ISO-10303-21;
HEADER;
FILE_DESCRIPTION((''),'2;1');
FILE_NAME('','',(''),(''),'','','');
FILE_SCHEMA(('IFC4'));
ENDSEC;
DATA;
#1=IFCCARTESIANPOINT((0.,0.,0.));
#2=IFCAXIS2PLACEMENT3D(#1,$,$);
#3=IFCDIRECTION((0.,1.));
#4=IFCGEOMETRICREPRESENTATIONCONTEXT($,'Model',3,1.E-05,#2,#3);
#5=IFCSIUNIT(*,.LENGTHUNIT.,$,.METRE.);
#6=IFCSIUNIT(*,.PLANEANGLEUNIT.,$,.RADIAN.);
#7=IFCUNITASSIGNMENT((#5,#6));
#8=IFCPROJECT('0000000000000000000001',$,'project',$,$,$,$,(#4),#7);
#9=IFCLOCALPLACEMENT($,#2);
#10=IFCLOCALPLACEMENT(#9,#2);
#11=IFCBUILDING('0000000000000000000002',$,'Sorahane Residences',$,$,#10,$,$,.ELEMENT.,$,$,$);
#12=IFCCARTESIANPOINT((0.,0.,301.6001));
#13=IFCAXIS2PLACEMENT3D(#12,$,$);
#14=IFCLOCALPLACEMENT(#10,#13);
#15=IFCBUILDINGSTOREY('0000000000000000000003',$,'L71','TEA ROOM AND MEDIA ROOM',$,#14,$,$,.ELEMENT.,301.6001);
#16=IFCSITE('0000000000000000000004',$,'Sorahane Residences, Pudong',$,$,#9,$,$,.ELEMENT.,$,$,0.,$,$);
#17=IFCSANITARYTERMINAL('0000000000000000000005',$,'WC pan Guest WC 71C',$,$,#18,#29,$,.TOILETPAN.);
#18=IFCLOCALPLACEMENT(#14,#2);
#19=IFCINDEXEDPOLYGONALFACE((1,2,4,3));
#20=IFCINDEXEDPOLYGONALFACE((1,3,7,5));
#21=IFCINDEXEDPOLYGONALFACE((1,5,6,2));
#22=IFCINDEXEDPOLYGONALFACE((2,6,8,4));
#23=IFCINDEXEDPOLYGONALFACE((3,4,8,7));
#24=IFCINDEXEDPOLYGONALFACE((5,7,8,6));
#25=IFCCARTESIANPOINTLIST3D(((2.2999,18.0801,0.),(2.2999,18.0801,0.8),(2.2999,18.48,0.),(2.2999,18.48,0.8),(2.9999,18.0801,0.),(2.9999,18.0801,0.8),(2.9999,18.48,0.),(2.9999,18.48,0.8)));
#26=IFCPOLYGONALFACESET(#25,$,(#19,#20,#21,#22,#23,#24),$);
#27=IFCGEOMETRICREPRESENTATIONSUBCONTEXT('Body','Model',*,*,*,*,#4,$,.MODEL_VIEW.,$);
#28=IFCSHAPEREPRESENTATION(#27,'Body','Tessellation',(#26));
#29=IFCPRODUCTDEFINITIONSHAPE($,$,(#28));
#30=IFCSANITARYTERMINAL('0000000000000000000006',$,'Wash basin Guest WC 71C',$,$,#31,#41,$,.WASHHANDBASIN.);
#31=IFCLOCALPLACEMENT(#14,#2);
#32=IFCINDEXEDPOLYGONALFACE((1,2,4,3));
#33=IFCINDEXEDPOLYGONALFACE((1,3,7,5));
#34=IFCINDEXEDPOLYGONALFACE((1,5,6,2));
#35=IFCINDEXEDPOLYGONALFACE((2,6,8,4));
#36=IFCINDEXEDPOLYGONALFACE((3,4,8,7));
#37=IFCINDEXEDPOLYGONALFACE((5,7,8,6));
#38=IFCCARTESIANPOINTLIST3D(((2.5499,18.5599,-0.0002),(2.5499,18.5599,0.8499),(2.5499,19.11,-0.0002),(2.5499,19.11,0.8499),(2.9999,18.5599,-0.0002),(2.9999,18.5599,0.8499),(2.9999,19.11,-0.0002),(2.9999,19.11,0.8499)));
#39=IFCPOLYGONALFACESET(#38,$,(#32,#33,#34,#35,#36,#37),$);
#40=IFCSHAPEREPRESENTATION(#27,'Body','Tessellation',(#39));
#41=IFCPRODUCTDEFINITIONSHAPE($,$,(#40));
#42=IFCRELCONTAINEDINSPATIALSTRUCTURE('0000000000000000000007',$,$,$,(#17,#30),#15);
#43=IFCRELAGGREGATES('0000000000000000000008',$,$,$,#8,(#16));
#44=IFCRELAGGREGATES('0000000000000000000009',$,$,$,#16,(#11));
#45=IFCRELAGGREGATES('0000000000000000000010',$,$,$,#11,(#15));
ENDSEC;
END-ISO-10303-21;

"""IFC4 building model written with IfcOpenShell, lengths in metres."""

from ifc_helpers import new_model, si_unit, direction, frame, origin, origin_2d, place, context, subcontext, project, spatial, rectangle, extrude, element, save


model = new_model("IFC4")

# Units and contexts
model_context = context("Model", 3, precision=1e-05, world=origin(), true_north=direction((0.0, 1.0)))
body_context = subcontext(model_context, "Body", "Model", "MODEL_VIEW")
ifc_project = project(units=[si_unit("LENGTHUNIT", "METRE"), si_unit("PLANEANGLEUNIT", "RADIAN")], contexts=[model_context])

# Site, building, storey
site_placement = place(None, origin())
site = spatial("IfcSite", under=ifc_project, at=site_placement, Name="Sorahane Residences, Pudong", CompositionType="ELEMENT", RefElevation=0.0)
building_placement = place(site_placement, origin())
building = spatial("IfcBuilding", under=site, at=building_placement, Name="Sorahane Residences", CompositionType="ELEMENT")
storey_placement = place(building_placement, frame((0.0, 0.0, 301.6001)))
storey = spatial("IfcBuildingStorey", under=building, at=storey_placement, Name="L71", Description="TEA ROOM AND MEDIA ROOM", CompositionType="ELEMENT", Elevation=301.6001)

# Sanitary terminals
sanitary_terminal_1_placement = place(storey_placement, frame((2.6499, 18.28, 0.0), z_axis=(0.0, 0.0, 1.0), x_axis=(0.0, -1.0, 0.0)))
element("IfcSanitaryTerminal", 1, at=sanitary_terminal_1_placement, inside=storey, Name="WC pan Guest WC 71C", PredefinedType="TOILETPAN", context=body_context, shape_type="SweptSolid", body=[
    extrude(rectangle(XDim=0.3999, YDim=0.7, at=origin_2d()), origin(), (0.0, 0.0, 1.0), 0.8),
])
sanitary_terminal_2_placement = place(storey_placement, frame((2.7749, 18.835, -0.0002), z_axis=(0.0, 0.0, 1.0), x_axis=(0.0, -1.0, 0.0)))
element("IfcSanitaryTerminal", 2, at=sanitary_terminal_2_placement, inside=storey, Name="Wash basin Guest WC 71C", PredefinedType="WASHHANDBASIN", context=body_context, shape_type="SweptSolid", body=[
    extrude(rectangle(XDim=0.55, YDim=0.45, at=origin_2d()), origin(), (0.0, 0.0, 1.0), 0.8501),
])

save(model, "model.ifc")
